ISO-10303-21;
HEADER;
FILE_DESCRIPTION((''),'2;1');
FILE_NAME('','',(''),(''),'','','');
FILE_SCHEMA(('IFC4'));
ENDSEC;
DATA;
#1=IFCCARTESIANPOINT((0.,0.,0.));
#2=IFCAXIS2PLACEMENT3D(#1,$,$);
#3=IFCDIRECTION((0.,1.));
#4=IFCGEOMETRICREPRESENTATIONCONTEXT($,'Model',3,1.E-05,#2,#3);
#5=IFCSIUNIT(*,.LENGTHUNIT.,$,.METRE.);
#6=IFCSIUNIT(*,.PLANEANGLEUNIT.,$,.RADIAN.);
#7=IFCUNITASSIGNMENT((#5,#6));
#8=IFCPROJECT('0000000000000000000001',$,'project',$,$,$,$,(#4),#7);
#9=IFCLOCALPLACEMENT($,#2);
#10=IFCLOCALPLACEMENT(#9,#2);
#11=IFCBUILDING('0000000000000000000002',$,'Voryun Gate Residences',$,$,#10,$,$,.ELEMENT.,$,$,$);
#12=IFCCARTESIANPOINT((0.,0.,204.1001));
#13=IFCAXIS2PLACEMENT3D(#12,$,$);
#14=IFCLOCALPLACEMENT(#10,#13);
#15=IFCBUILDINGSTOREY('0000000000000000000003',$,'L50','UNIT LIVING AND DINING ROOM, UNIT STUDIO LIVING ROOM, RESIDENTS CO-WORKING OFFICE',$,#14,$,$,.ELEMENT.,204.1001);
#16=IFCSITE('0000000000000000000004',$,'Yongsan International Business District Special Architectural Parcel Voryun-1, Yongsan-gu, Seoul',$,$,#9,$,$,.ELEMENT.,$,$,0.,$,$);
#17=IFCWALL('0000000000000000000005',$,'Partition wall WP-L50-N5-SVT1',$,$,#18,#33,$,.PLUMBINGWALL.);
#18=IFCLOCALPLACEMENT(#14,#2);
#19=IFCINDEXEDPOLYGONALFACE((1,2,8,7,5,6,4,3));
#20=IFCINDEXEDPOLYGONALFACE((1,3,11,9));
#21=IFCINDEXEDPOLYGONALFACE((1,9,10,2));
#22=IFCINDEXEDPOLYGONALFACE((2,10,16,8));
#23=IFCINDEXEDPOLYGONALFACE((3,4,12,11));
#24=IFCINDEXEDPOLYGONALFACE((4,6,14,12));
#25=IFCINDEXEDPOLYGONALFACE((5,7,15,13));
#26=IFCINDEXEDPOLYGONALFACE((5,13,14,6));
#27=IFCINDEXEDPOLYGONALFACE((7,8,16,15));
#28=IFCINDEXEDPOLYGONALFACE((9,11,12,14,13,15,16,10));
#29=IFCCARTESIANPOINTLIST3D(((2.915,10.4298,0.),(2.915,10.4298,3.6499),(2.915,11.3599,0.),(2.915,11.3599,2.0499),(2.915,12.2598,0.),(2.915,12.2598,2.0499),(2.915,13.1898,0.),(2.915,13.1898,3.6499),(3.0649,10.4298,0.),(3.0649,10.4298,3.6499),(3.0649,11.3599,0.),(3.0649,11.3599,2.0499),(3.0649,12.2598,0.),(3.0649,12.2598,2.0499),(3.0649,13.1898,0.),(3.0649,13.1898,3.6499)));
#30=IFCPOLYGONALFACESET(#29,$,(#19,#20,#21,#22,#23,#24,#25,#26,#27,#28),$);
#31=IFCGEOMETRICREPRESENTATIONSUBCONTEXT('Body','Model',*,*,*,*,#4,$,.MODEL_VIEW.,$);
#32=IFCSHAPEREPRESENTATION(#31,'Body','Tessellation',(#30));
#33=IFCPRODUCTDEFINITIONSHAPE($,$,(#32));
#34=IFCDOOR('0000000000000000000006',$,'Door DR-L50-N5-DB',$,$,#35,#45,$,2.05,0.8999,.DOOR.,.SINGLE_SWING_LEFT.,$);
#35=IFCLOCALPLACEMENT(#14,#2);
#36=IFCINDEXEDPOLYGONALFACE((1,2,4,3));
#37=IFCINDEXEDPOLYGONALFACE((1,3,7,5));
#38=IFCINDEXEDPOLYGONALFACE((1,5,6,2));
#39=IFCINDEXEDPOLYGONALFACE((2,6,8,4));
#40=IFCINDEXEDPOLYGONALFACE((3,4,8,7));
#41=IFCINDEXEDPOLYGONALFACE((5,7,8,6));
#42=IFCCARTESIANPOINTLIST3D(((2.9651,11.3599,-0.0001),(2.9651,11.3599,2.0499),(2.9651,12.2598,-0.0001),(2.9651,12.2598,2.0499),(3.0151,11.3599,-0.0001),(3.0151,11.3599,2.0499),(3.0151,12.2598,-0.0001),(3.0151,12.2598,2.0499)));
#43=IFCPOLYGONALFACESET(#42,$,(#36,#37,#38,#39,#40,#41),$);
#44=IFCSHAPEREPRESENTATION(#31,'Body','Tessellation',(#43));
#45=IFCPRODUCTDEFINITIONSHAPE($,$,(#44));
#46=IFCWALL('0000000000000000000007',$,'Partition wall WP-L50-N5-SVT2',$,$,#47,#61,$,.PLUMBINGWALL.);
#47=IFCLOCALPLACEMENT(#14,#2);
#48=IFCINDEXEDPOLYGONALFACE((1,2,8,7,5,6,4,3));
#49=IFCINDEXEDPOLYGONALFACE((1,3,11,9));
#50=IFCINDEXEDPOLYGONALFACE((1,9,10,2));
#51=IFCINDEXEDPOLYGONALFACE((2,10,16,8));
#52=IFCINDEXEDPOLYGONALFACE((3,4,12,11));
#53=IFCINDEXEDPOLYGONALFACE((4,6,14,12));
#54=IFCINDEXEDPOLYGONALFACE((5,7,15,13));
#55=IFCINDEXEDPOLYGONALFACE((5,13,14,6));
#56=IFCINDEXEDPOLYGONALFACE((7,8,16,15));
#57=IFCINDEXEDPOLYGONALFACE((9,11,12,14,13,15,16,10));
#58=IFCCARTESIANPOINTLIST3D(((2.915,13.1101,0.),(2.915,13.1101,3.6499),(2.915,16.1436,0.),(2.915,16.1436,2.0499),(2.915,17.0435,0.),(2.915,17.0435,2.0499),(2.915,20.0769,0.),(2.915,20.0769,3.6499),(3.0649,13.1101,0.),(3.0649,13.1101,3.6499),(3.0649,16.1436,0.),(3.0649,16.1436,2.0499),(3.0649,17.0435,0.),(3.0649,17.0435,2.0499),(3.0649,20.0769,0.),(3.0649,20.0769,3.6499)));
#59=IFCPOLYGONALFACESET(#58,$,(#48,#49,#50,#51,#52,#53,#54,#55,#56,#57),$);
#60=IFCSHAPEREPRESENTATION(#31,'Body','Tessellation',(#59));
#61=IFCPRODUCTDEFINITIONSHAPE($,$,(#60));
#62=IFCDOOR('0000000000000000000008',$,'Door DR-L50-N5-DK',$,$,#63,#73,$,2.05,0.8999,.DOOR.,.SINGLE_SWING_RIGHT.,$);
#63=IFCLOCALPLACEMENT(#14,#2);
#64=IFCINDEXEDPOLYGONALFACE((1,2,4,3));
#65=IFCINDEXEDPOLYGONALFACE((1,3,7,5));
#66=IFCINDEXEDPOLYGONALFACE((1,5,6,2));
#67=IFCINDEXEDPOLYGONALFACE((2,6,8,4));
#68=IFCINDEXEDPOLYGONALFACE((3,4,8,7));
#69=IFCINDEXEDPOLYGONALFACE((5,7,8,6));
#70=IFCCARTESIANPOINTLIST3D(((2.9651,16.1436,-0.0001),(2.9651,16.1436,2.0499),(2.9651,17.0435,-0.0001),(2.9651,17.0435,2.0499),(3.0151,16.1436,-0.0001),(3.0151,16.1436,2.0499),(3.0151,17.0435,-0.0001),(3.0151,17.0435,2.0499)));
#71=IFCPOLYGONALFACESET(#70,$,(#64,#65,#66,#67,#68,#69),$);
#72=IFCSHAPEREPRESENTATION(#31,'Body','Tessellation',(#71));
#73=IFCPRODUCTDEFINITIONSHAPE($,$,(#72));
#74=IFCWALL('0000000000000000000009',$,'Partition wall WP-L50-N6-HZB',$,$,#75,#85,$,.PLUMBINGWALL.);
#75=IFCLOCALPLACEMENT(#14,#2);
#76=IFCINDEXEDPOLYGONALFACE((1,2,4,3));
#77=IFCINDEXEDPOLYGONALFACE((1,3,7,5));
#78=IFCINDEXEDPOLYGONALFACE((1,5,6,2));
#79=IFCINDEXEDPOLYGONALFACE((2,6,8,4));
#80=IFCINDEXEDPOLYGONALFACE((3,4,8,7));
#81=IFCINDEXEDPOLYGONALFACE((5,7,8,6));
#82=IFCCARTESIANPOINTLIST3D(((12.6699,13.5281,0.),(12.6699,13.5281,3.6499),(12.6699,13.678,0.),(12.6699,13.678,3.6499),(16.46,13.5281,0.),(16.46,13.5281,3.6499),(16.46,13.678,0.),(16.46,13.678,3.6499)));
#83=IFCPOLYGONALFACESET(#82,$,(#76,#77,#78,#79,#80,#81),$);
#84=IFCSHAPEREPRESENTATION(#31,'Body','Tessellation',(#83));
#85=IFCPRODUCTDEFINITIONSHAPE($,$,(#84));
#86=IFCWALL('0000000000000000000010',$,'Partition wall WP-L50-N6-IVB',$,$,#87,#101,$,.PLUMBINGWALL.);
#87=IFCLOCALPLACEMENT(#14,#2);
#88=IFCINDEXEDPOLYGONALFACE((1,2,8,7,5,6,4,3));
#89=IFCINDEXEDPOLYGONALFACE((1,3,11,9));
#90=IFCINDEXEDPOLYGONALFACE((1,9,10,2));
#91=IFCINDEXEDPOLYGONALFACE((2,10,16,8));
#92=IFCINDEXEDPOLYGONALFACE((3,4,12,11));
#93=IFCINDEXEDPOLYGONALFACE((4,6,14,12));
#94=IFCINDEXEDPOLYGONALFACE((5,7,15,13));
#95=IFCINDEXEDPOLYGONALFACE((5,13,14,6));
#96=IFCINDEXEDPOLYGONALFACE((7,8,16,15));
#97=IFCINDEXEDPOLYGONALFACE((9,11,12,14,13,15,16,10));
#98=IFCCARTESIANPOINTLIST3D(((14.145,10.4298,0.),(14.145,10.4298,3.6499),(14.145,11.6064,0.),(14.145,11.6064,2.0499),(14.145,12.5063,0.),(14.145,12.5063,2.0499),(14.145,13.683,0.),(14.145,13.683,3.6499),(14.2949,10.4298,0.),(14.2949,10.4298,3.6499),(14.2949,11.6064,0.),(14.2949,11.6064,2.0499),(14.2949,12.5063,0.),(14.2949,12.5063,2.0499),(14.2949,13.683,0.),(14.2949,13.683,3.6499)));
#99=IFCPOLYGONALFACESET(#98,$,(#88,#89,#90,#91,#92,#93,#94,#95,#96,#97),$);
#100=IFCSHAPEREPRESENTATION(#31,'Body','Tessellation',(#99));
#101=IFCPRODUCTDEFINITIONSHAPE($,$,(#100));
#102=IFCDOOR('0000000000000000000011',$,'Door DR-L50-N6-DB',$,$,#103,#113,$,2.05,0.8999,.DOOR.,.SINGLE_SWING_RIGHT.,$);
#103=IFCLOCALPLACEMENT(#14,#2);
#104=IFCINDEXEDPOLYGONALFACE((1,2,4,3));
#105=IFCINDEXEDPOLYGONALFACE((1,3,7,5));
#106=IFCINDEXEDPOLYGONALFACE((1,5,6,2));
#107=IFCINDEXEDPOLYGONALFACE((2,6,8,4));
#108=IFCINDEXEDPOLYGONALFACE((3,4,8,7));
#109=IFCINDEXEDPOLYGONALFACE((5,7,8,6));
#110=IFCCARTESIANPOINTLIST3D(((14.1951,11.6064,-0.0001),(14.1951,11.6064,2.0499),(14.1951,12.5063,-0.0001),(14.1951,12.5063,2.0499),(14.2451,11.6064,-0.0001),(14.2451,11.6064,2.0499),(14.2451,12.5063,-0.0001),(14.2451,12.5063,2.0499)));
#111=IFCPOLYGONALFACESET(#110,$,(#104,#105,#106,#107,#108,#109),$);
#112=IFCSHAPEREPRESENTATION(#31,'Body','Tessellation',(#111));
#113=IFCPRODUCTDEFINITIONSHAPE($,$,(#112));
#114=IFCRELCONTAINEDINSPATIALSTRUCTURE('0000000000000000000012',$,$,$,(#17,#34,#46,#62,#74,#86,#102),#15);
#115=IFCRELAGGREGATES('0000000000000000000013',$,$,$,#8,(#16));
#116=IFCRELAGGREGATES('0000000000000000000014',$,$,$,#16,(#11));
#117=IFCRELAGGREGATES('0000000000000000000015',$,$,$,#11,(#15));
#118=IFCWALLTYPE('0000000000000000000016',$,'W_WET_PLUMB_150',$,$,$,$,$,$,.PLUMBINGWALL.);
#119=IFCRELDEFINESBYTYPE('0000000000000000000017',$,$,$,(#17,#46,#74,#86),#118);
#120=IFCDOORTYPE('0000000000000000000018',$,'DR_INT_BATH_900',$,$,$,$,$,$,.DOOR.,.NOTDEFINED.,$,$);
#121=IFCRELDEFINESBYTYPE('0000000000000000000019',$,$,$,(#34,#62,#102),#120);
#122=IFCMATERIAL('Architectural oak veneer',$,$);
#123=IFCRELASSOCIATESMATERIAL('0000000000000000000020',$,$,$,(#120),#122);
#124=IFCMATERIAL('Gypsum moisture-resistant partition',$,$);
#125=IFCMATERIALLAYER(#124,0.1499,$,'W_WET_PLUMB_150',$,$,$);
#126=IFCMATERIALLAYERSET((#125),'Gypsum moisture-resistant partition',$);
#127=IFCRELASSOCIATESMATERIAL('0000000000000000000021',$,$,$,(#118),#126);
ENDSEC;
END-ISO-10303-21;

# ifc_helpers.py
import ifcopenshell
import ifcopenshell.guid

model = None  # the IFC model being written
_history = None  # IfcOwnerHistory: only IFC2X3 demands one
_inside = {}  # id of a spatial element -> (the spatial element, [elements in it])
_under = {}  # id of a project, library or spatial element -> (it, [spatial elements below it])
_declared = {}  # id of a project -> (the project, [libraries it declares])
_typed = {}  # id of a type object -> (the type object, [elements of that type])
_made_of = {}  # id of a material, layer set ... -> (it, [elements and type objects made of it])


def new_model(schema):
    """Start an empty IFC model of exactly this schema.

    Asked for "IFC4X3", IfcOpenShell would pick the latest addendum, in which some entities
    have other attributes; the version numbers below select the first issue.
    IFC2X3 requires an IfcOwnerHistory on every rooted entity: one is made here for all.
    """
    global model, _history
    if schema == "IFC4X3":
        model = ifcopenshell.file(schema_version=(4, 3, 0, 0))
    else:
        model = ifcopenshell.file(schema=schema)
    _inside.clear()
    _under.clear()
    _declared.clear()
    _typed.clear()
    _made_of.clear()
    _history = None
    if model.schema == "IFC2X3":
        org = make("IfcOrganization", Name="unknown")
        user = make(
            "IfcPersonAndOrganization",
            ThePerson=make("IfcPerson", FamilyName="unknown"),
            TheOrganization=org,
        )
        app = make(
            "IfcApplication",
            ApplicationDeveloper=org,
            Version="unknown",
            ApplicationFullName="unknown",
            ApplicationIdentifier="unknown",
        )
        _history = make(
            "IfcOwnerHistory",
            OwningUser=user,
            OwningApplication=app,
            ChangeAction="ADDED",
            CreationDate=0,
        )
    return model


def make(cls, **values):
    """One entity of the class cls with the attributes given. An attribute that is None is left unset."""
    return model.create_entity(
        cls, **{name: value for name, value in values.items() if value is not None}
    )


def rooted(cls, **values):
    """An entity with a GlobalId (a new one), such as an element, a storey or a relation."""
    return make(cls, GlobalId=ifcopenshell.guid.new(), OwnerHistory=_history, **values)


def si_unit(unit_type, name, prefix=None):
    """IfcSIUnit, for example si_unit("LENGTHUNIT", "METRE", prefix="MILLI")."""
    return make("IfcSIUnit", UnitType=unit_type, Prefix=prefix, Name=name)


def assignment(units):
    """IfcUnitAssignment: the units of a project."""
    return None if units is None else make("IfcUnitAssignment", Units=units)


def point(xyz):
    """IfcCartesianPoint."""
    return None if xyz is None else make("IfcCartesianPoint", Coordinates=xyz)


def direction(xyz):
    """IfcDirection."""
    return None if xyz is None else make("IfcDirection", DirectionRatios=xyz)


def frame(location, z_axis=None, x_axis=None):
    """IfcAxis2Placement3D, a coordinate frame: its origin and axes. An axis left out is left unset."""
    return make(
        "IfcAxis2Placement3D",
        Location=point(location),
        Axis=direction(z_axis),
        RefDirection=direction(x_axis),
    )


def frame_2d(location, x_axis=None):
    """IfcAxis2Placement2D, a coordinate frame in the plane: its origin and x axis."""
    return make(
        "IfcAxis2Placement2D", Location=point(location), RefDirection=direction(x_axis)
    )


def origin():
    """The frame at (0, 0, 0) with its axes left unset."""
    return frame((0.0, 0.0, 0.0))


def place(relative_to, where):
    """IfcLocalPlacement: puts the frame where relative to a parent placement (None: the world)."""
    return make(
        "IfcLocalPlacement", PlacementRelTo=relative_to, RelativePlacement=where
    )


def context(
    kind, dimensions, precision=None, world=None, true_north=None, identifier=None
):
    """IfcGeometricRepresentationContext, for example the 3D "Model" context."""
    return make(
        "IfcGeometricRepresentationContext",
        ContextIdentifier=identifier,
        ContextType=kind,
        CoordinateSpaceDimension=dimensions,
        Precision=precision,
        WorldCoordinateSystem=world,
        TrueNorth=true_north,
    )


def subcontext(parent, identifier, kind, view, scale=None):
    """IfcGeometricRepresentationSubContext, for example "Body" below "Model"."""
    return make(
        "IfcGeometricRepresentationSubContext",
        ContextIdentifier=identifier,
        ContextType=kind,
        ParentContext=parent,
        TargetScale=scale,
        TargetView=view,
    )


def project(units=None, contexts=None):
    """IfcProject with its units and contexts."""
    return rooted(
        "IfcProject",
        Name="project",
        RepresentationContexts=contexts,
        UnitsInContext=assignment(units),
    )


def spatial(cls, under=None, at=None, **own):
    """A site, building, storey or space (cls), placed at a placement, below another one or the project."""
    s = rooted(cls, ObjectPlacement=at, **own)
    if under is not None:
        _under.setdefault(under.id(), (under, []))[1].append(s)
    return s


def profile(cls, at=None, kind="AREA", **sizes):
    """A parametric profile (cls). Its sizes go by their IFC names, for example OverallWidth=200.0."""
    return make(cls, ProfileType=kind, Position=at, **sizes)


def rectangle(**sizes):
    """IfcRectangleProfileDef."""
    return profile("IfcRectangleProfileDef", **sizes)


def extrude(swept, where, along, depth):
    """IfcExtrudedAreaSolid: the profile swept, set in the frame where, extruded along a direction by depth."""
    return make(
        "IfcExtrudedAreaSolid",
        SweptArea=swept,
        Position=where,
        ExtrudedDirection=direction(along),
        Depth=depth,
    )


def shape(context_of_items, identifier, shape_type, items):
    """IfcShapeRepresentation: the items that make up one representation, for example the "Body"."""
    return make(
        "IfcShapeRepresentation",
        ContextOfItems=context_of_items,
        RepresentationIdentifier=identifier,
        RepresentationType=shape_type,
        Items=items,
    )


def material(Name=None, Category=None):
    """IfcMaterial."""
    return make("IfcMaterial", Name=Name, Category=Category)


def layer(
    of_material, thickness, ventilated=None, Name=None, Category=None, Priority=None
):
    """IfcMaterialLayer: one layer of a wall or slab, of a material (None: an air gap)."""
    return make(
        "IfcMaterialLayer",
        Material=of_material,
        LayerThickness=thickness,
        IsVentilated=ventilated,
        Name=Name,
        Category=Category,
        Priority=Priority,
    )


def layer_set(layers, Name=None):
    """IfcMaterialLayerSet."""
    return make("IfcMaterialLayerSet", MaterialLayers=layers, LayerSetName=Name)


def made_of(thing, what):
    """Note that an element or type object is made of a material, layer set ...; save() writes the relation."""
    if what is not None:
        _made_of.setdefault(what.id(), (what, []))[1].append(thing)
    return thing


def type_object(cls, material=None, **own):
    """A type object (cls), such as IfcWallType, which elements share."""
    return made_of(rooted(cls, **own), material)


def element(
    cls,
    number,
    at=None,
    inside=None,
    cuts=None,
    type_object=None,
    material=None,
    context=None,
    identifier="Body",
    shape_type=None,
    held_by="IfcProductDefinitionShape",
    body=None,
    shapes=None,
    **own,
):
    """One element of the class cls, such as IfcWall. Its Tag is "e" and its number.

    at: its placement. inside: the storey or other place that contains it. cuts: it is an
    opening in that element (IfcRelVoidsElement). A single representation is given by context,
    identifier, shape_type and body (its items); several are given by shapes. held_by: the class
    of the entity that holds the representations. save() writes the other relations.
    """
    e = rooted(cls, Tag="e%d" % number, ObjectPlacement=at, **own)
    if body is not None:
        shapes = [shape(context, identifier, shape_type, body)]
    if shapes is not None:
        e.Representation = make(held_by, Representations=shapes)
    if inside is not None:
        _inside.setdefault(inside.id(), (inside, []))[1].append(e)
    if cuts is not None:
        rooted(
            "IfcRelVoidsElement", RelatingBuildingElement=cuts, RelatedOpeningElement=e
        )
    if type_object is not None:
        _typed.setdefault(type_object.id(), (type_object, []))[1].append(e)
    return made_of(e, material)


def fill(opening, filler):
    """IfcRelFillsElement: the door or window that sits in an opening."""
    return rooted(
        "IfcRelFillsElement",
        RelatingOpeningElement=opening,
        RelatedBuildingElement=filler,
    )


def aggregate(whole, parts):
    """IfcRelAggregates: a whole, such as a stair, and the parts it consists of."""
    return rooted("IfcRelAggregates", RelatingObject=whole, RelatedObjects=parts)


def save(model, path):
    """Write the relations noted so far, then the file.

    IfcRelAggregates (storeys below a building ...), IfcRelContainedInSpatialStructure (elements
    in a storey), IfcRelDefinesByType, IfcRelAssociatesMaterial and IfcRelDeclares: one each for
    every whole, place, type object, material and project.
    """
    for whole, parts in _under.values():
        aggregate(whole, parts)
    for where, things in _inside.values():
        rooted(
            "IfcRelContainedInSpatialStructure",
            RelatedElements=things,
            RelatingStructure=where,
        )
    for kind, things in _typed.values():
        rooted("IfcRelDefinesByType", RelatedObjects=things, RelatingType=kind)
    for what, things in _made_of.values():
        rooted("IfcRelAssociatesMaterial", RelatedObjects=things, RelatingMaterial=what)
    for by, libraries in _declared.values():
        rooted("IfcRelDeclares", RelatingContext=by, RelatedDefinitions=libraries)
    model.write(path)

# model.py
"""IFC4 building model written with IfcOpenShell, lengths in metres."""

from ifc_helpers import new_model, si_unit, direction, frame, frame_2d, origin, place, context, subcontext, project, spatial, rectangle, extrude, material, layer, layer_set, type_object, element, fill, save


model = new_model("IFC4")

# Units and contexts
model_context = context("Model", 3, precision=1e-05, world=origin(), true_north=direction((0.0, 1.0)))
body_context = subcontext(model_context, "Body", "Model", "MODEL_VIEW")
ifc_project = project(units=[si_unit("LENGTHUNIT", "METRE"), si_unit("PLANEANGLEUNIT", "RADIAN")], contexts=[model_context])

# Site, building, storey
site_placement = place(None, origin())
site = spatial("IfcSite", under=ifc_project, at=site_placement, Name="Yongsan International Business District Special Architectural Parcel Voryun-1, Yongsan-gu, Seoul", CompositionType="ELEMENT", RefElevation=0.0)
building_placement = place(site_placement, origin())
building = spatial("IfcBuilding", under=site, at=building_placement, Name="Voryun Gate Residences", CompositionType="ELEMENT")
storey_placement = place(building_placement, frame((0.0, 0.0, 204.1001)))
storey = spatial("IfcBuildingStorey", under=building, at=storey_placement, Name="L50", Description="UNIT LIVING AND DINING ROOM, UNIT STUDIO LIVING ROOM, RESIDENTS CO-WORKING OFFICE", CompositionType="ELEMENT", Elevation=204.1001)

# Shared definitions
ifc_material_1 = material(Name="Architectural oak veneer")
door_type_1 = type_object("IfcDoorType", Name="DR_INT_BATH_900", OperationType="NOTDEFINED", PredefinedType="DOOR", material=ifc_material_1)

# Shared definitions
ifc_material_2 = material(Name="Gypsum moisture-resistant partition")
ifc_layer_1 = layer(ifc_material_2, 0.1499, Name="W_WET_PLUMB_150")
ifc_layer_set_1 = layer_set([ifc_layer_1], Name="Gypsum moisture-resistant partition")
wall_type_1 = type_object("IfcWallType", Name="W_WET_PLUMB_150", PredefinedType="PLUMBINGWALL", material=ifc_layer_set_1)

# Walls, openings, doors
wall_1_placement = place(storey_placement, frame((2.99, 10.4299, 0.0), z_axis=(0.0, 0.0, 1.0), x_axis=(0.0, 1.0, 0.0)))
wall_1 = element("IfcWall", 1, at=wall_1_placement, inside=storey, type_object=wall_type_1, Name="Partition wall WP-L50-N5-SVT1", PredefinedType="PLUMBINGWALL", context=body_context, shape_type="SweptSolid", body=[
    extrude(rectangle(XDim=2.76, YDim=0.1499, at=frame_2d((1.3799, 0.0))), origin(), (0.0, 0.0, 1.0), 3.6499),
])
opening_1_placement = place(wall_1_placement, frame((0.9299, 0.0, 0.0)))
opening_1 = element("IfcOpeningElement", 2, at=opening_1_placement, cuts=wall_1, PredefinedType="OPENING", context=body_context, shape_type="SweptSolid", body=[
    extrude(rectangle(XDim=0.8999, YDim=2.05, at=frame_2d((0.45, 1.0249))), frame((0.0, 0.085, 0.0), z_axis=(0.0, -1.0, 0.0), x_axis=(1.0, 0.0, 0.0)), (0.0, 0.0, 1.0), 0.1699),
])
door_1_placement = place(opening_1_placement, origin())
door_1 = element("IfcDoor", 3, at=door_1_placement, inside=storey, type_object=door_type_1, Name="Door DR-L50-N5-DB", OperationType="SINGLE_SWING_LEFT", OverallHeight=2.05, OverallWidth=0.8999, PredefinedType="DOOR", context=body_context, shape_type="SweptSolid", body=[
    extrude(rectangle(XDim=0.8999, YDim=2.05, at=frame_2d((0.45, 1.0249))), frame((0.0, 0.0249, 0.0), z_axis=(0.0, -1.0, 0.0), x_axis=(1.0, 0.0, 0.0)), (0.0, 0.0, 1.0), 0.05),
])
fill(opening_1, door_1)
wall_2_placement = place(storey_placement, frame((2.99, 13.1101, 0.0), z_axis=(0.0, 0.0, 1.0), x_axis=(0.0, 1.0, 0.0)))
wall_2 = element("IfcWall", 4, at=wall_2_placement, inside=storey, type_object=wall_type_1, Name="Partition wall WP-L50-N5-SVT2", PredefinedType="PLUMBINGWALL", context=body_context, shape_type="SweptSolid", body=[
    extrude(rectangle(XDim=6.9668, YDim=0.1499, at=frame_2d((3.4834, 0.0))), origin(), (0.0, 0.0, 1.0), 3.6499),
])
opening_2_placement = place(wall_2_placement, frame((3.0334, 0.0, 0.0)))
opening_2 = element("IfcOpeningElement", 5, at=opening_2_placement, cuts=wall_2, PredefinedType="OPENING", context=body_context, shape_type="SweptSolid", body=[
    extrude(rectangle(XDim=0.8999, YDim=2.05, at=frame_2d((0.45, 1.0249))), frame((0.0, 0.085, 0.0), z_axis=(0.0, -1.0, 0.0), x_axis=(1.0, 0.0, 0.0)), (0.0, 0.0, 1.0), 0.1699),
])
door_2_placement = place(opening_2_placement, origin())
door_2 = element("IfcDoor", 6, at=door_2_placement, inside=storey, type_object=door_type_1, Name="Door DR-L50-N5-DK", OperationType="SINGLE_SWING_RIGHT", OverallHeight=2.05, OverallWidth=0.8999, PredefinedType="DOOR", context=body_context, shape_type="SweptSolid", body=[
    extrude(rectangle(XDim=0.8999, YDim=2.05, at=frame_2d((0.45, 1.0249))), frame((0.0, 0.0249, 0.0), z_axis=(0.0, -1.0, 0.0), x_axis=(1.0, 0.0, 0.0)), (0.0, 0.0, 1.0), 0.05),
])
fill(opening_2, door_2)

# Wall
wall_3_placement = place(storey_placement, frame((12.6699, 13.603, 0.0), z_axis=(0.0, 0.0, 1.0), x_axis=(1.0, 0.0, 0.0)))
element("IfcWall", 7, at=wall_3_placement, inside=storey, type_object=wall_type_1, Name="Partition wall WP-L50-N6-HZB", PredefinedType="PLUMBINGWALL", context=body_context, shape_type="SweptSolid", body=[
    extrude(rectangle(XDim=3.79, YDim=0.1499, at=frame_2d((1.895, 0.0))), origin(), (0.0, 0.0, 1.0), 3.6499),
])

# Wall, opening, door
wall_4_placement = place(storey_placement, frame((14.22, 10.4299, 0.0), z_axis=(0.0, 0.0, 1.0), x_axis=(0.0, 1.0, 0.0)))
wall_4 = element("IfcWall", 8, at=wall_4_placement, inside=storey, type_object=wall_type_1, Name="Partition wall WP-L50-N6-IVB", PredefinedType="PLUMBINGWALL", context=body_context, shape_type="SweptSolid", body=[
    extrude(rectangle(XDim=3.2532, YDim=0.1499, at=frame_2d((1.6265, 0.0))), origin(), (0.0, 0.0, 1.0), 3.6499),
])
opening_3_placement = place(wall_4_placement, frame((1.1765, 0.0, 0.0)))
opening_3 = element("IfcOpeningElement", 9, at=opening_3_placement, cuts=wall_4, PredefinedType="OPENING", context=body_context, shape_type="SweptSolid", body=[
    extrude(rectangle(XDim=0.8999, YDim=2.05, at=frame_2d((0.45, 1.0249))), frame((0.0, 0.085, 0.0), z_axis=(0.0, -1.0, 0.0), x_axis=(1.0, 0.0, 0.0)), (0.0, 0.0, 1.0), 0.1699),
])
door_3_placement = place(opening_3_placement, origin())
door_3 = element("IfcDoor", 10, at=door_3_placement, inside=storey, type_object=door_type_1, Name="Door DR-L50-N6-DB", OperationType="SINGLE_SWING_RIGHT", OverallHeight=2.05, OverallWidth=0.8999, PredefinedType="DOOR", context=body_context, shape_type="SweptSolid", body=[
    extrude(rectangle(XDim=0.8999, YDim=2.05, at=frame_2d((0.45, 1.0249))), frame((0.0, 0.0249, 0.0), z_axis=(0.0, -1.0, 0.0), x_axis=(1.0, 0.0, 0.0)), (0.0, 0.0, 1.0), 0.05),
])
fill(opening_3, door_3)

save(model, "model.ifc")
